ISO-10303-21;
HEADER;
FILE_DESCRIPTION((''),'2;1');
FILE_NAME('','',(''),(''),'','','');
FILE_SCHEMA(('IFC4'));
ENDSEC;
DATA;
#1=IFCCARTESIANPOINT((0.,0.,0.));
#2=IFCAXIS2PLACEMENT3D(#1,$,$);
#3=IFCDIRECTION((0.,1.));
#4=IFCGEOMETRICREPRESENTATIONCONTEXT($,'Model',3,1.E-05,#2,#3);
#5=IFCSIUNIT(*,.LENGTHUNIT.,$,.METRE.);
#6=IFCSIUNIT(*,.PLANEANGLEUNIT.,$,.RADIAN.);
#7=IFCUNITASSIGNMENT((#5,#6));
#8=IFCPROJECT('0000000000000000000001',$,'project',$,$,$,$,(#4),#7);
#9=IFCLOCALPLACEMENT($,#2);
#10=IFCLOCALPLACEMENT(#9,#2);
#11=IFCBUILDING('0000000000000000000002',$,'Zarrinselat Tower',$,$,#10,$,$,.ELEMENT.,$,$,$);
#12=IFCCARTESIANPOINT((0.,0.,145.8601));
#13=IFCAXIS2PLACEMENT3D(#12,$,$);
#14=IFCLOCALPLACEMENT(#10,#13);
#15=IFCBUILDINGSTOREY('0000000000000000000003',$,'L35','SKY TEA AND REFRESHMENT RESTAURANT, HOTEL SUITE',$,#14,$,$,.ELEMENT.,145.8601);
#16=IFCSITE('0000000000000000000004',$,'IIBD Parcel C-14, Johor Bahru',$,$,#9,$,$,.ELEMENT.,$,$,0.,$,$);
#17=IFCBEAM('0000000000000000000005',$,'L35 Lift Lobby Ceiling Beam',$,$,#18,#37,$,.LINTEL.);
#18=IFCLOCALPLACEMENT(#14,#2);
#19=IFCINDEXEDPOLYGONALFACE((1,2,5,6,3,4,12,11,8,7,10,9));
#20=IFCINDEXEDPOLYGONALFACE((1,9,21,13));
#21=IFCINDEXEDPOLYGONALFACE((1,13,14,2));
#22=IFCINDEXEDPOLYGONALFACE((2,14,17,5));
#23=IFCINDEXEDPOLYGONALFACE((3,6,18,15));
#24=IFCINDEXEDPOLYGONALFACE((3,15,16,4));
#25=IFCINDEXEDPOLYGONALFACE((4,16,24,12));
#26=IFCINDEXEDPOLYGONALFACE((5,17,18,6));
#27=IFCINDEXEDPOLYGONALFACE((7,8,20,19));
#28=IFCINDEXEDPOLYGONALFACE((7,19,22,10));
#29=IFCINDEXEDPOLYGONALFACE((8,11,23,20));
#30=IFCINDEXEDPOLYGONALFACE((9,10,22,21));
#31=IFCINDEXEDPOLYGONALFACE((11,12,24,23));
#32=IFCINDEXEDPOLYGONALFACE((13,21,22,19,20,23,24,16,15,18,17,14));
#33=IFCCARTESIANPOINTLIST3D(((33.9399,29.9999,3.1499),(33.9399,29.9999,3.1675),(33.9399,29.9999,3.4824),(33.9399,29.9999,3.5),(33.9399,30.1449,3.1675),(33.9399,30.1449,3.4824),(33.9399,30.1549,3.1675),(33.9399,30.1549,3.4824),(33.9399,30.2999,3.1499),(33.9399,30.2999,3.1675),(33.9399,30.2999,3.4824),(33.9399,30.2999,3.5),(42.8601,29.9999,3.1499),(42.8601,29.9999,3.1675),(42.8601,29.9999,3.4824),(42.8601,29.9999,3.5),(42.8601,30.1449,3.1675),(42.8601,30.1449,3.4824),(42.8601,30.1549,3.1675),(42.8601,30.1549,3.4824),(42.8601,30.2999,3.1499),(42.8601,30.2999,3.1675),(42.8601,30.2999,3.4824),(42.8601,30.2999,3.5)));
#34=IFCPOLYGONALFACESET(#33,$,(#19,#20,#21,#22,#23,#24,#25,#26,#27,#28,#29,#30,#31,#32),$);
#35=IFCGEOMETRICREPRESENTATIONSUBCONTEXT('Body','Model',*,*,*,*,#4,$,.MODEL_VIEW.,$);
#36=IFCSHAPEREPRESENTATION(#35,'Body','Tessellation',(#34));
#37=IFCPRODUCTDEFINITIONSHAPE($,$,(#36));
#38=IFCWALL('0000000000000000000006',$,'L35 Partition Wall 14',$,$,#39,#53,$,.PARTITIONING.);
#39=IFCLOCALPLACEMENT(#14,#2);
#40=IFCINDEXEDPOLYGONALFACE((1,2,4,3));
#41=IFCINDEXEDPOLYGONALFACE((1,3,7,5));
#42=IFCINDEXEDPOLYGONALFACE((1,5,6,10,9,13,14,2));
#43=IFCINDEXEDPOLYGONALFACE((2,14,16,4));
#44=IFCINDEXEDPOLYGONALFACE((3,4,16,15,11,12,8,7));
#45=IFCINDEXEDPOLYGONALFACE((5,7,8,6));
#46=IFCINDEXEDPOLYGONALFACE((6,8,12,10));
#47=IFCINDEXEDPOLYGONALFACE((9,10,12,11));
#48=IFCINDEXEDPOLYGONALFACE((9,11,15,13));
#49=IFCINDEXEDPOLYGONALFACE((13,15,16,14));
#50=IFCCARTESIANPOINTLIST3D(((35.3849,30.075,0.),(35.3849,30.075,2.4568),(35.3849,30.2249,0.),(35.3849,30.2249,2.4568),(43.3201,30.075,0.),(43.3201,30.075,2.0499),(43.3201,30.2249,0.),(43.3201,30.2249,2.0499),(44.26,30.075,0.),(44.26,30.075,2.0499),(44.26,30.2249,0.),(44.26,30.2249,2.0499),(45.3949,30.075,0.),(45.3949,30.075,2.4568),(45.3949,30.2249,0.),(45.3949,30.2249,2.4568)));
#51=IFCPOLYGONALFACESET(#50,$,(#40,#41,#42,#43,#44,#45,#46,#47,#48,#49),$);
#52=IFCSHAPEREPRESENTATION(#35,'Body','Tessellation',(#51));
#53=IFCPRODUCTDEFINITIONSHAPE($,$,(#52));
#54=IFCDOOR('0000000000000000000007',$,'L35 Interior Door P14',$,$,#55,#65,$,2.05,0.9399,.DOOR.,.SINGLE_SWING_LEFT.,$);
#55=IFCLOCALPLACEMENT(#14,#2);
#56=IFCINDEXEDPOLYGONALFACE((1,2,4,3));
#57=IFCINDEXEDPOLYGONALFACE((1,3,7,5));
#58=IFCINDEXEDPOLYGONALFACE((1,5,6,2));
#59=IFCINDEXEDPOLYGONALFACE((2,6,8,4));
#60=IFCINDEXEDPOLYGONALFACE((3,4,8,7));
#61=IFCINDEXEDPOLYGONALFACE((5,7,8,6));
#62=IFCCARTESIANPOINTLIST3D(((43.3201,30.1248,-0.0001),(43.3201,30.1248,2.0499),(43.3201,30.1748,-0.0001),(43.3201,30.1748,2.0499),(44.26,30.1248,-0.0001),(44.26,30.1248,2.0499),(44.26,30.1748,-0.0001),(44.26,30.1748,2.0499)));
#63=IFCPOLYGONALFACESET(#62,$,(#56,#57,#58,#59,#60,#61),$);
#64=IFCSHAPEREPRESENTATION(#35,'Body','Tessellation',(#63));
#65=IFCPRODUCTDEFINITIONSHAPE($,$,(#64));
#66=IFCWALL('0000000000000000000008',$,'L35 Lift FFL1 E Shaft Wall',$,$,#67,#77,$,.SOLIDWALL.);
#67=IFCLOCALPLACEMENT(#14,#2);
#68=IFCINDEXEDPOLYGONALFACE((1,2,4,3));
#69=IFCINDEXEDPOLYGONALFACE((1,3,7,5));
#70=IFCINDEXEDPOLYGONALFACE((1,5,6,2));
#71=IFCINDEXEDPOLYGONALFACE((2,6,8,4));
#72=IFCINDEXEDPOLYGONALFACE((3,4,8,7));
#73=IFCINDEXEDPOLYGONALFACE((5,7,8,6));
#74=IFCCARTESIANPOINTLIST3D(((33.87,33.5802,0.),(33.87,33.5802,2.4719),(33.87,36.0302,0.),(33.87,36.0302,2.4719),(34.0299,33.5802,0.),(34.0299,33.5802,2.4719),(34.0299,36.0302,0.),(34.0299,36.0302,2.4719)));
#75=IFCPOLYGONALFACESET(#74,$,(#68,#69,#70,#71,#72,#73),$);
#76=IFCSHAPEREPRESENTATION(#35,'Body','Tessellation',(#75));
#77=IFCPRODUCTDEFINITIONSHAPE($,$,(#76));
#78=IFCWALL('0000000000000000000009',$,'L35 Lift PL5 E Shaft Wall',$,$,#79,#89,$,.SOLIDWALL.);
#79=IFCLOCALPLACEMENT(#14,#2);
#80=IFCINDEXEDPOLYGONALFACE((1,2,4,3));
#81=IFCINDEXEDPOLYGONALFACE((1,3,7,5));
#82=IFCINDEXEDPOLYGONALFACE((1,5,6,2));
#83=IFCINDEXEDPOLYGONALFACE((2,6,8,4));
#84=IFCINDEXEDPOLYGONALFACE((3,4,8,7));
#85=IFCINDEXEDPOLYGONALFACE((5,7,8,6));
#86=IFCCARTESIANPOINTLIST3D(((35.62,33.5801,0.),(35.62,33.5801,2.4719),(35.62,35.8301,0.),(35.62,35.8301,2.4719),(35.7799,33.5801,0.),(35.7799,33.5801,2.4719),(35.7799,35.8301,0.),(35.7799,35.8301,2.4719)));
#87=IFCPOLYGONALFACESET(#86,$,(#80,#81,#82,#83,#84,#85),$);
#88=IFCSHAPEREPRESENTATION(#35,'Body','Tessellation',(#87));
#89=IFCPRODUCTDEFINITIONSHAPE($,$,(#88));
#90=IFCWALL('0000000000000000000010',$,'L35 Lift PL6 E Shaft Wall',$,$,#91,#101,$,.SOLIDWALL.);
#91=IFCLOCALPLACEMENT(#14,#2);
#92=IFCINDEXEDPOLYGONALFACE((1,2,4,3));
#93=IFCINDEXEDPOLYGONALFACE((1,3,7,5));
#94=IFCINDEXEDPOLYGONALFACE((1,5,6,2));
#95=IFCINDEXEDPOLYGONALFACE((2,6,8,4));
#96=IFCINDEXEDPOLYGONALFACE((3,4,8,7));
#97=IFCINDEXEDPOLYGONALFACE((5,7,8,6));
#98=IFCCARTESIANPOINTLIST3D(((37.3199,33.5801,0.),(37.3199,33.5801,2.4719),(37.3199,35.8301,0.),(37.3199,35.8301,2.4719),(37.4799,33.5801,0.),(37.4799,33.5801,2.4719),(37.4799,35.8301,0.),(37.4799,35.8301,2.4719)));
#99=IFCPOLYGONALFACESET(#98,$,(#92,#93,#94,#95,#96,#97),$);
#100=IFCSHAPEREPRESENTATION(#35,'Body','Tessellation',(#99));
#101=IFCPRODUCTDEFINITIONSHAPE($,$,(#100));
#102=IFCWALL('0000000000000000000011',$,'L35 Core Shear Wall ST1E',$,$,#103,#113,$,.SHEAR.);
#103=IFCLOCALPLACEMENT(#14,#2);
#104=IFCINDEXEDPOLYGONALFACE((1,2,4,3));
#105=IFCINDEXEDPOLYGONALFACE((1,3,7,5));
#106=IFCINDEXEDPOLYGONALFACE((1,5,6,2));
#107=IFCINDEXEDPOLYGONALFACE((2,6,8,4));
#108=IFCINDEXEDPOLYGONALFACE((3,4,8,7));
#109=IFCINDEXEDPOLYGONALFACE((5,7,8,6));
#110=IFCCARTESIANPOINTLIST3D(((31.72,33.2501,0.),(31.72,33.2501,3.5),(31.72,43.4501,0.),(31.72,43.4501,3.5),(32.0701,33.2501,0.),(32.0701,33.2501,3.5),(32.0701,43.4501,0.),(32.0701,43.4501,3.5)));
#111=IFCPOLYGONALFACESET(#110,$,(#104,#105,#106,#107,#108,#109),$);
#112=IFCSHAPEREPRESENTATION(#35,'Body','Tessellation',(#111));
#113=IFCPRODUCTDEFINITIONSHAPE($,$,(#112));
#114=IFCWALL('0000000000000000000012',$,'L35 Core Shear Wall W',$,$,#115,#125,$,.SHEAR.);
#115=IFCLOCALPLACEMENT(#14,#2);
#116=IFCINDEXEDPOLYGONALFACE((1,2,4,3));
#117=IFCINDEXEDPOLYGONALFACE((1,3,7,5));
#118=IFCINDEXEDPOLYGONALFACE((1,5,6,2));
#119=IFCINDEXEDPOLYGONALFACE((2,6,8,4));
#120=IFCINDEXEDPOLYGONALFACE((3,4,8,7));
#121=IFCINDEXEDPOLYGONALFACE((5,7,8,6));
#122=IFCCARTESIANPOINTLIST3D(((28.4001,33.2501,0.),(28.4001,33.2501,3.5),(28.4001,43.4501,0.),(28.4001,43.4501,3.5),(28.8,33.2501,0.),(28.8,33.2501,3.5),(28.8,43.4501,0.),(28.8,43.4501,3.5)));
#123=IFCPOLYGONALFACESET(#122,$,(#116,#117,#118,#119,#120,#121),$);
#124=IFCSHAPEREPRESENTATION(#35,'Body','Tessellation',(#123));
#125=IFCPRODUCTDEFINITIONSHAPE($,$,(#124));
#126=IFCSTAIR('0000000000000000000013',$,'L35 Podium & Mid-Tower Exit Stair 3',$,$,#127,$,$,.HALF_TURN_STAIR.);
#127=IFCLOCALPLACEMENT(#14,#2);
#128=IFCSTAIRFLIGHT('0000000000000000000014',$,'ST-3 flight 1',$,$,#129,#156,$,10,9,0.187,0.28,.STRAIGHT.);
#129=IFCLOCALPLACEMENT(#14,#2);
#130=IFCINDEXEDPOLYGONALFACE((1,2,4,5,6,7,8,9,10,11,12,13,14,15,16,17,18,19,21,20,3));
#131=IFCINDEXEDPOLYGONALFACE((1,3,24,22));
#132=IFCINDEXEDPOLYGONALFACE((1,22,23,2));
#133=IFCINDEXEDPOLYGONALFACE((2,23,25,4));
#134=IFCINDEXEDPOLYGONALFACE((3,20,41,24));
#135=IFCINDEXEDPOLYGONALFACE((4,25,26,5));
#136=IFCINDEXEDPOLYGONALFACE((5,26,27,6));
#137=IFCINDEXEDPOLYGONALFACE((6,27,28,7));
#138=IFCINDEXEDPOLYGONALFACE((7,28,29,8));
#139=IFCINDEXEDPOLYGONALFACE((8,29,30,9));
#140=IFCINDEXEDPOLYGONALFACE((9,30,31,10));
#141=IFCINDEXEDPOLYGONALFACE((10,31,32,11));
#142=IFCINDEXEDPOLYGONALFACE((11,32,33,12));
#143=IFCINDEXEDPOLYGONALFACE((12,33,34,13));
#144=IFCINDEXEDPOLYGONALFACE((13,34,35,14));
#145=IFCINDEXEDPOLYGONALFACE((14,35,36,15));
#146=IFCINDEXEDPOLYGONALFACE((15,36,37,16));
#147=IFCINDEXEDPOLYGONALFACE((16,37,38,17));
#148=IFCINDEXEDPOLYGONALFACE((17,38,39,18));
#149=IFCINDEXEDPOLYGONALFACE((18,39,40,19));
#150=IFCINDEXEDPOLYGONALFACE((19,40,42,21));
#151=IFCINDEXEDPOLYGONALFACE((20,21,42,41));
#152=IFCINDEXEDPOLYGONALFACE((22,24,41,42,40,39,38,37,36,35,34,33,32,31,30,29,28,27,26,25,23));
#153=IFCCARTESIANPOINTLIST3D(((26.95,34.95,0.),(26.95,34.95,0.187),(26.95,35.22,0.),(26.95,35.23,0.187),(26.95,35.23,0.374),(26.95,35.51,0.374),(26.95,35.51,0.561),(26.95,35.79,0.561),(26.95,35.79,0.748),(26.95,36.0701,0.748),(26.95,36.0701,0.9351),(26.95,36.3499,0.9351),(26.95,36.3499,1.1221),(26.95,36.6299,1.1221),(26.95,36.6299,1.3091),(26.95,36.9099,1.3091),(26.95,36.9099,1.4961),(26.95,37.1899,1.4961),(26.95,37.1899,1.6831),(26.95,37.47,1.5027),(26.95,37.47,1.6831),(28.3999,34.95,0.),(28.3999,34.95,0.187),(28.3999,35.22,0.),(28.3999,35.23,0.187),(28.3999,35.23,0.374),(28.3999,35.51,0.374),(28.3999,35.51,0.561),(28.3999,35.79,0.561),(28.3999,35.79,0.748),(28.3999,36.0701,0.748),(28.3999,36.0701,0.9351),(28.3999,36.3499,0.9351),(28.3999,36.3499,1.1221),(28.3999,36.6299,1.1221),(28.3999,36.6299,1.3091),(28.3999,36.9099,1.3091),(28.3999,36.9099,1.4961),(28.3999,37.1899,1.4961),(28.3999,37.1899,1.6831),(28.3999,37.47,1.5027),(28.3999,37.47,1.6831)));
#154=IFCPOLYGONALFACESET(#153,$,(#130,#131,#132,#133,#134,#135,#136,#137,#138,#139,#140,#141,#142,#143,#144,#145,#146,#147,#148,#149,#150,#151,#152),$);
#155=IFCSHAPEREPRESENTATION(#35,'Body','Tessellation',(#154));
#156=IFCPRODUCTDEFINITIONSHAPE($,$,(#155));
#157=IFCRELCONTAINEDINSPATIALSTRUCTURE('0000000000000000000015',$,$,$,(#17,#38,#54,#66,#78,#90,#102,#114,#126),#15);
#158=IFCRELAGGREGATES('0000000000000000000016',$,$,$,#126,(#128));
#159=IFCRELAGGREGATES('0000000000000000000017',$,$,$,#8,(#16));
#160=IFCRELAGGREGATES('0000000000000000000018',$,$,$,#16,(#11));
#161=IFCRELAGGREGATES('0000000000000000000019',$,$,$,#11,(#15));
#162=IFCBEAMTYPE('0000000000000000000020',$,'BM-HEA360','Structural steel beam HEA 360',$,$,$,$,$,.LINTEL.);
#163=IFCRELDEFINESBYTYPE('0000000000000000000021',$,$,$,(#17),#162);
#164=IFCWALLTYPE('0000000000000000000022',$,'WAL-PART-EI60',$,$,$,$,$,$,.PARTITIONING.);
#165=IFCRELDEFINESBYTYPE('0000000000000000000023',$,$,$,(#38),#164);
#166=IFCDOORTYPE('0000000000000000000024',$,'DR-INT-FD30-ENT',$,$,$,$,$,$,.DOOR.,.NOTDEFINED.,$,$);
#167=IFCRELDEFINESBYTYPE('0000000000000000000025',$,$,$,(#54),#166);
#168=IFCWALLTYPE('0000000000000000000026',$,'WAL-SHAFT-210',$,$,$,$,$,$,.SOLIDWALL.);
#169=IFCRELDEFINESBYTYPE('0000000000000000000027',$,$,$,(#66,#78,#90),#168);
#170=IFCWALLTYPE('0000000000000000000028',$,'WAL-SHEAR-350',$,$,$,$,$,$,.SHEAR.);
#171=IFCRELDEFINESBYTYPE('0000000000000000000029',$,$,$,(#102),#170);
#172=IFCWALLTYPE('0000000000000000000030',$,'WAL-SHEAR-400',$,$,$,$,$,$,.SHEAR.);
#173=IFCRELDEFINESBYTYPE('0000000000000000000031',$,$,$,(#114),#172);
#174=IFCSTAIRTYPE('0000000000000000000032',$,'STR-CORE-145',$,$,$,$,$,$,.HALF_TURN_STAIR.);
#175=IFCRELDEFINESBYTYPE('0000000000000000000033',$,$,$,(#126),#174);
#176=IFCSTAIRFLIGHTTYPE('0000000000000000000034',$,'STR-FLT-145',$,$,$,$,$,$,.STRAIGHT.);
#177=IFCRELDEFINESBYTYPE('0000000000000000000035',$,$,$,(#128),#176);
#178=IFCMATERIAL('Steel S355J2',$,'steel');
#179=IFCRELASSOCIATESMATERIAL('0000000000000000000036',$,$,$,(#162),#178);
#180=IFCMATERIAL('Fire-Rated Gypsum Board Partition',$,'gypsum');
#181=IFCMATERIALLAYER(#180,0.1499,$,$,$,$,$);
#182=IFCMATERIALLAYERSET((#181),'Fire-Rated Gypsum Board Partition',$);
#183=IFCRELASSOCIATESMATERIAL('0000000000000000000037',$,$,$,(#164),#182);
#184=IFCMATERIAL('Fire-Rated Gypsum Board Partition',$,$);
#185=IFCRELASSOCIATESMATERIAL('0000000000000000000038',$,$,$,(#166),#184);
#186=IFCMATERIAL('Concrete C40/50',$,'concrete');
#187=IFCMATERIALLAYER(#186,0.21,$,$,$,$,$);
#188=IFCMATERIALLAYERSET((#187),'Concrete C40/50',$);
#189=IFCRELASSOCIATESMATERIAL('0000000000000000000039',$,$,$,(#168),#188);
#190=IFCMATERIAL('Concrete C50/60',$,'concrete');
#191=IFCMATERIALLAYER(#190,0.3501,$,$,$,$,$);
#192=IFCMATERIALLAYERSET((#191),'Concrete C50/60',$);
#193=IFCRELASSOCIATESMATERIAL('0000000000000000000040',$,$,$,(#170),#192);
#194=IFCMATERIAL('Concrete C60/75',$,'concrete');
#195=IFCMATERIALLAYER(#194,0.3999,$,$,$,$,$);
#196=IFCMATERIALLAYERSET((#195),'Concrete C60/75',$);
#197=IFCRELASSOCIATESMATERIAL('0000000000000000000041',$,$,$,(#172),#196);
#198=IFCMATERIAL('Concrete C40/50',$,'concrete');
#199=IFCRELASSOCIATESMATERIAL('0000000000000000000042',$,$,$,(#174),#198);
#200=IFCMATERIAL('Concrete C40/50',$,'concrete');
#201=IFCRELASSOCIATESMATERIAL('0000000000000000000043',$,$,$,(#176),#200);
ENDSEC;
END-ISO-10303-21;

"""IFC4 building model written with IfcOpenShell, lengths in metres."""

from ifc_helpers import new_model, si_unit, direction, frame, frame_2d, origin, origin_2d, place, context, subcontext, project, spatial, polyline, rectangle, i_section, outline, extrude, material, layer, layer_set, material_profile, profile_set, type_object, element, fill, aggregate, save


model = new_model("IFC4")

# Units and contexts
model_context = context("Model", 3, precision=1e-05, world=origin(), true_north=direction((0.0, 1.0)))
body_context = subcontext(model_context, "Body", "Model", "MODEL_VIEW")
ifc_project = project(units=[si_unit("LENGTHUNIT", "METRE"), si_unit("PLANEANGLEUNIT", "RADIAN")], contexts=[model_context])

# Site, building, storey
site_placement = place(None, origin())
site = spatial("IfcSite", under=ifc_project, at=site_placement, Name="IIBD Parcel C-14, Johor Bahru", CompositionType="ELEMENT", RefElevation=0.0)
building_placement = place(site_placement, origin())
building = spatial("IfcBuilding", under=site, at=building_placement, Name="Zarrinselat Tower", CompositionType="ELEMENT")
storey_placement = place(building_placement, frame((0.0, 0.0, 145.8601)))
storey = spatial("IfcBuildingStorey", under=building, at=storey_placement, Name="L35", Description="SKY TEA AND REFRESHMENT RESTAURANT, HOTEL SUITE", CompositionType="ELEMENT", Elevation=145.8601)

# Beam
ifc_material_1 = material(Name="Steel S355J2", Category="steel")
ifc_material_profile = material_profile(ifc_material_1, i_section(OverallWidth=0.3, OverallDepth=0.3501, WebThickness=0.01, FlangeThickness=0.0176, at=origin_2d()), Name="HEA 360")
ifc_profile_set = profile_set([ifc_material_profile], Name="Steel S355J2")
beam_type = type_object("IfcBeamType", Name="BM-HEA360", Description="Structural steel beam HEA 360", PredefinedType="LINTEL", material=ifc_profile_set)
beam_placement = place(storey_placement, frame((33.9399, 30.1499, 3.325), z_axis=(1.0, 0.0, 0.0), x_axis=(0.0, 1.0, 0.0)))
element("IfcBeam", 1, at=beam_placement, inside=storey, type_object=beam_type, Name="L35 Lift Lobby Ceiling Beam", PredefinedType="LINTEL", context=body_context, shape_type="SweptSolid", body=[
    extrude(i_section(OverallWidth=0.3, OverallDepth=0.3501, WebThickness=0.01, FlangeThickness=0.0176, at=origin_2d()), origin(), (0.0, 0.0, 1.0), 8.9202),
])

# Wall, opening, door
ifc_material_2 = material(Name="Fire-Rated Gypsum Board Partition", Category="gypsum")
ifc_layer_1 = layer(ifc_material_2, 0.1499)
ifc_layer_set_1 = layer_set([ifc_layer_1], Name="Fire-Rated Gypsum Board Partition")
wall_type_1 = type_object("IfcWallType", Name="WAL-PART-EI60", PredefinedType="PARTITIONING", material=ifc_layer_set_1)
wall_1_placement = place(storey_placement, frame((35.385, 30.1499, 0.0), z_axis=(0.0, 0.0, 1.0), x_axis=(1.0, 0.0, 0.0)))
wall_1 = element("IfcWall", 2, at=wall_1_placement, inside=storey, type_object=wall_type_1, Name="L35 Partition Wall 14", PredefinedType="PARTITIONING", context=body_context, shape_type="SweptSolid", body=[
    extrude(rectangle(XDim=10.01, YDim=0.1499, at=frame_2d((5.0049, 0.0))), origin(), (0.0, 0.0, 1.0), 2.4568),
])
opening_1_placement = place(wall_1_placement, frame((7.9351, 0.0, 0.0)))
opening_1 = element("IfcOpeningElement", 3, at=opening_1_placement, cuts=wall_1, PredefinedType="OPENING", context=body_context, shape_type="SweptSolid", body=[
    extrude(rectangle(XDim=0.9399, YDim=2.05, at=frame_2d((0.47, 1.0249))), frame((0.0, 0.085, 0.0), z_axis=(0.0, -1.0, 0.0), x_axis=(1.0, 0.0, 0.0)), (0.0, 0.0, 1.0), 0.1699),
])
ifc_material_3 = material(Name="Fire-Rated Gypsum Board Partition")
door_type_1 = type_object("IfcDoorType", Name="DR-INT-FD30-ENT", OperationType="NOTDEFINED", PredefinedType="DOOR", material=ifc_material_3)
door_1_placement = place(opening_1_placement, origin())
door_1 = element("IfcDoor", 4, at=door_1_placement, inside=storey, type_object=door_type_1, Name="L35 Interior Door P14", OperationType="SINGLE_SWING_LEFT", OverallHeight=2.05, OverallWidth=0.9399, PredefinedType="DOOR", context=body_context, shape_type="SweptSolid", body=[
    extrude(rectangle(XDim=0.9399, YDim=2.05, at=frame_2d((0.47, 1.0249))), frame((0.0, 0.0249, 0.0), z_axis=(0.0, -1.0, 0.0), x_axis=(1.0, 0.0, 0.0)), (0.0, 0.0, 1.0), 0.05),
])
fill(opening_1, door_1)

# Walls
ifc_material_4 = material(Name="Concrete C40/50", Category="concrete")
ifc_layer_2 = layer(ifc_material_4, 0.21)
ifc_layer_set_2 = layer_set([ifc_layer_2], Name="Concrete C40/50")
wall_type_2 = type_object("IfcWallType", Name="WAL-SHAFT-210", PredefinedType="SOLIDWALL", material=ifc_layer_set_2)
wall_2_placement = place(storey_placement, frame((33.95, 33.5801, 0.0), z_axis=(0.0, 0.0, 1.0), x_axis=(0.0, 1.0, 0.0)))
element("IfcWall", 5, at=wall_2_placement, inside=storey, type_object=wall_type_2, Name="L35 Lift FFL1 E Shaft Wall", PredefinedType="SOLIDWALL", context=body_context, shape_type="SweptSolid", body=[
    extrude(rectangle(XDim=2.45, YDim=0.1599, at=frame_2d((1.2251, 0.0))), origin(), (0.0, 0.0, 1.0), 2.4719),
])
for number, where, z_axis, x_axis, name in (
    (6, (35.7, 33.5801, 0.0), (0.0, 0.0, 1.0), (0.0, 1.0, 0.0), "L35 Lift PL5 E Shaft Wall"),
    (7, (37.3999, 33.5801, 0.0), (0.0, 0.0, 1.0), (0.0, 1.0, 0.0), "L35 Lift PL6 E Shaft Wall"),
):
    element("IfcWall", number, at=place(storey_placement, frame(where, z_axis=z_axis, x_axis=x_axis)), inside=storey, type_object=wall_type_2, Name=name, PredefinedType="SOLIDWALL", context=body_context, shape_type="SweptSolid", body=[
        extrude(rectangle(XDim=2.25, YDim=0.1599, at=frame_2d((1.125, 0.0))), origin(), (0.0, 0.0, 1.0), 2.4719),
    ])
ifc_material_5 = material(Name="Concrete C50/60", Category="concrete")
ifc_layer_3 = layer(ifc_material_5, 0.3501)
ifc_layer_set_3 = layer_set([ifc_layer_3], Name="Concrete C50/60")
wall_type_3 = type_object("IfcWallType", Name="WAL-SHEAR-350", PredefinedType="SHEAR", material=ifc_layer_set_3)
wall_3_placement = place(storey_placement, frame((31.895, 33.25, 0.0), z_axis=(0.0, 0.0, 1.0), x_axis=(0.0, 1.0, 0.0)))
element("IfcWall", 8, at=wall_3_placement, inside=storey, type_object=wall_type_3, Name="L35 Core Shear Wall ST1E", PredefinedType="SHEAR", context=body_context, shape_type="SweptSolid", body=[
    extrude(rectangle(XDim=10.2, YDim=0.3501, at=frame_2d((5.1001, 0.0))), origin(), (0.0, 0.0, 1.0), 3.5),
])

# Shared definitions
ifc_material_6 = material(Name="Concrete C60/75", Category="concrete")
ifc_layer_4 = layer(ifc_material_6, 0.3999)
ifc_layer_set_4 = layer_set([ifc_layer_4], Name="Concrete C60/75")
wall_type_4 = type_object("IfcWallType", Name="WAL-SHEAR-400", PredefinedType="SHEAR", material=ifc_layer_set_4)

# Wall
wall_4_placement = place(storey_placement, frame((28.6001, 33.25, 0.0), z_axis=(0.0, 0.0, 1.0), x_axis=(0.0, 1.0, 0.0)))
element("IfcWall", 9, at=wall_4_placement, inside=storey, type_object=wall_type_4, Name="L35 Core Shear Wall W", PredefinedType="SHEAR", context=body_context, shape_type="SweptSolid", body=[
    extrude(rectangle(XDim=10.2, YDim=0.3999, at=frame_2d((5.1001, 0.0))), origin(), (0.0, 0.0, 1.0), 3.5),
])

# Stair, stair flight
ifc_material_7 = material(Name="Concrete C40/50", Category="concrete")
stair_type = type_object("IfcStairType", Name="STR-CORE-145", PredefinedType="HALF_TURN_STAIR", material=ifc_material_7)
stair_placement = place(storey_placement, origin())
stair = element("IfcStair", 10, at=stair_placement, inside=storey, type_object=stair_type, Name="L35 Podium & Mid-Tower Exit Stair 3", PredefinedType="HALF_TURN_STAIR")
ifc_material_8 = material(Name="Concrete C40/50", Category="concrete")
stair_flight_type = type_object("IfcStairFlightType", Name="STR-FLT-145", PredefinedType="STRAIGHT", material=ifc_material_8)
stair_flight_placement = place(storey_placement, frame((27.675, 34.95, 0.0), z_axis=(0.0, 0.0, 1.0), x_axis=(0.0, 1.0, 0.0)))
stair_flight = element("IfcStairFlight", 11, at=stair_flight_placement, type_object=stair_flight_type, Name="ST-3 flight 1", NumberOfRisers=10, NumberOfTreads=9, PredefinedType="STRAIGHT", RiserHeight=0.187, TreadLength=0.28, context=body_context, shape_type="SweptSolid", body=[
    extrude(outline(polyline([(0.0, 0.0), (0.0, 0.187), (0.28, 0.187), (0.28, 0.374), (0.5601, 0.374), (0.5601, 0.561), (0.8401, 0.561), (0.8401, 0.748), (1.1201, 0.748), (1.1201, 0.9351), (1.3999, 0.9351), (1.3999, 1.1221), (1.6799, 1.1221), (1.6799, 1.3091), (1.96, 1.3091), (1.96, 1.4961), (2.24, 1.4961), (2.24, 1.6831), (2.52, 1.6831), (2.52, 1.8701), (2.52, 1.5027), (0.27, 0.0), (0.0, 0.0)])), frame((0.0, 0.7251, 0.0), z_axis=(0.0, -1.0, 0.0), x_axis=(1.0, 0.0, 0.0)), (0.0, 0.0, 1.0), 1.45),
])
aggregate(stair, [stair_flight])

save(model, "model.ifc")
